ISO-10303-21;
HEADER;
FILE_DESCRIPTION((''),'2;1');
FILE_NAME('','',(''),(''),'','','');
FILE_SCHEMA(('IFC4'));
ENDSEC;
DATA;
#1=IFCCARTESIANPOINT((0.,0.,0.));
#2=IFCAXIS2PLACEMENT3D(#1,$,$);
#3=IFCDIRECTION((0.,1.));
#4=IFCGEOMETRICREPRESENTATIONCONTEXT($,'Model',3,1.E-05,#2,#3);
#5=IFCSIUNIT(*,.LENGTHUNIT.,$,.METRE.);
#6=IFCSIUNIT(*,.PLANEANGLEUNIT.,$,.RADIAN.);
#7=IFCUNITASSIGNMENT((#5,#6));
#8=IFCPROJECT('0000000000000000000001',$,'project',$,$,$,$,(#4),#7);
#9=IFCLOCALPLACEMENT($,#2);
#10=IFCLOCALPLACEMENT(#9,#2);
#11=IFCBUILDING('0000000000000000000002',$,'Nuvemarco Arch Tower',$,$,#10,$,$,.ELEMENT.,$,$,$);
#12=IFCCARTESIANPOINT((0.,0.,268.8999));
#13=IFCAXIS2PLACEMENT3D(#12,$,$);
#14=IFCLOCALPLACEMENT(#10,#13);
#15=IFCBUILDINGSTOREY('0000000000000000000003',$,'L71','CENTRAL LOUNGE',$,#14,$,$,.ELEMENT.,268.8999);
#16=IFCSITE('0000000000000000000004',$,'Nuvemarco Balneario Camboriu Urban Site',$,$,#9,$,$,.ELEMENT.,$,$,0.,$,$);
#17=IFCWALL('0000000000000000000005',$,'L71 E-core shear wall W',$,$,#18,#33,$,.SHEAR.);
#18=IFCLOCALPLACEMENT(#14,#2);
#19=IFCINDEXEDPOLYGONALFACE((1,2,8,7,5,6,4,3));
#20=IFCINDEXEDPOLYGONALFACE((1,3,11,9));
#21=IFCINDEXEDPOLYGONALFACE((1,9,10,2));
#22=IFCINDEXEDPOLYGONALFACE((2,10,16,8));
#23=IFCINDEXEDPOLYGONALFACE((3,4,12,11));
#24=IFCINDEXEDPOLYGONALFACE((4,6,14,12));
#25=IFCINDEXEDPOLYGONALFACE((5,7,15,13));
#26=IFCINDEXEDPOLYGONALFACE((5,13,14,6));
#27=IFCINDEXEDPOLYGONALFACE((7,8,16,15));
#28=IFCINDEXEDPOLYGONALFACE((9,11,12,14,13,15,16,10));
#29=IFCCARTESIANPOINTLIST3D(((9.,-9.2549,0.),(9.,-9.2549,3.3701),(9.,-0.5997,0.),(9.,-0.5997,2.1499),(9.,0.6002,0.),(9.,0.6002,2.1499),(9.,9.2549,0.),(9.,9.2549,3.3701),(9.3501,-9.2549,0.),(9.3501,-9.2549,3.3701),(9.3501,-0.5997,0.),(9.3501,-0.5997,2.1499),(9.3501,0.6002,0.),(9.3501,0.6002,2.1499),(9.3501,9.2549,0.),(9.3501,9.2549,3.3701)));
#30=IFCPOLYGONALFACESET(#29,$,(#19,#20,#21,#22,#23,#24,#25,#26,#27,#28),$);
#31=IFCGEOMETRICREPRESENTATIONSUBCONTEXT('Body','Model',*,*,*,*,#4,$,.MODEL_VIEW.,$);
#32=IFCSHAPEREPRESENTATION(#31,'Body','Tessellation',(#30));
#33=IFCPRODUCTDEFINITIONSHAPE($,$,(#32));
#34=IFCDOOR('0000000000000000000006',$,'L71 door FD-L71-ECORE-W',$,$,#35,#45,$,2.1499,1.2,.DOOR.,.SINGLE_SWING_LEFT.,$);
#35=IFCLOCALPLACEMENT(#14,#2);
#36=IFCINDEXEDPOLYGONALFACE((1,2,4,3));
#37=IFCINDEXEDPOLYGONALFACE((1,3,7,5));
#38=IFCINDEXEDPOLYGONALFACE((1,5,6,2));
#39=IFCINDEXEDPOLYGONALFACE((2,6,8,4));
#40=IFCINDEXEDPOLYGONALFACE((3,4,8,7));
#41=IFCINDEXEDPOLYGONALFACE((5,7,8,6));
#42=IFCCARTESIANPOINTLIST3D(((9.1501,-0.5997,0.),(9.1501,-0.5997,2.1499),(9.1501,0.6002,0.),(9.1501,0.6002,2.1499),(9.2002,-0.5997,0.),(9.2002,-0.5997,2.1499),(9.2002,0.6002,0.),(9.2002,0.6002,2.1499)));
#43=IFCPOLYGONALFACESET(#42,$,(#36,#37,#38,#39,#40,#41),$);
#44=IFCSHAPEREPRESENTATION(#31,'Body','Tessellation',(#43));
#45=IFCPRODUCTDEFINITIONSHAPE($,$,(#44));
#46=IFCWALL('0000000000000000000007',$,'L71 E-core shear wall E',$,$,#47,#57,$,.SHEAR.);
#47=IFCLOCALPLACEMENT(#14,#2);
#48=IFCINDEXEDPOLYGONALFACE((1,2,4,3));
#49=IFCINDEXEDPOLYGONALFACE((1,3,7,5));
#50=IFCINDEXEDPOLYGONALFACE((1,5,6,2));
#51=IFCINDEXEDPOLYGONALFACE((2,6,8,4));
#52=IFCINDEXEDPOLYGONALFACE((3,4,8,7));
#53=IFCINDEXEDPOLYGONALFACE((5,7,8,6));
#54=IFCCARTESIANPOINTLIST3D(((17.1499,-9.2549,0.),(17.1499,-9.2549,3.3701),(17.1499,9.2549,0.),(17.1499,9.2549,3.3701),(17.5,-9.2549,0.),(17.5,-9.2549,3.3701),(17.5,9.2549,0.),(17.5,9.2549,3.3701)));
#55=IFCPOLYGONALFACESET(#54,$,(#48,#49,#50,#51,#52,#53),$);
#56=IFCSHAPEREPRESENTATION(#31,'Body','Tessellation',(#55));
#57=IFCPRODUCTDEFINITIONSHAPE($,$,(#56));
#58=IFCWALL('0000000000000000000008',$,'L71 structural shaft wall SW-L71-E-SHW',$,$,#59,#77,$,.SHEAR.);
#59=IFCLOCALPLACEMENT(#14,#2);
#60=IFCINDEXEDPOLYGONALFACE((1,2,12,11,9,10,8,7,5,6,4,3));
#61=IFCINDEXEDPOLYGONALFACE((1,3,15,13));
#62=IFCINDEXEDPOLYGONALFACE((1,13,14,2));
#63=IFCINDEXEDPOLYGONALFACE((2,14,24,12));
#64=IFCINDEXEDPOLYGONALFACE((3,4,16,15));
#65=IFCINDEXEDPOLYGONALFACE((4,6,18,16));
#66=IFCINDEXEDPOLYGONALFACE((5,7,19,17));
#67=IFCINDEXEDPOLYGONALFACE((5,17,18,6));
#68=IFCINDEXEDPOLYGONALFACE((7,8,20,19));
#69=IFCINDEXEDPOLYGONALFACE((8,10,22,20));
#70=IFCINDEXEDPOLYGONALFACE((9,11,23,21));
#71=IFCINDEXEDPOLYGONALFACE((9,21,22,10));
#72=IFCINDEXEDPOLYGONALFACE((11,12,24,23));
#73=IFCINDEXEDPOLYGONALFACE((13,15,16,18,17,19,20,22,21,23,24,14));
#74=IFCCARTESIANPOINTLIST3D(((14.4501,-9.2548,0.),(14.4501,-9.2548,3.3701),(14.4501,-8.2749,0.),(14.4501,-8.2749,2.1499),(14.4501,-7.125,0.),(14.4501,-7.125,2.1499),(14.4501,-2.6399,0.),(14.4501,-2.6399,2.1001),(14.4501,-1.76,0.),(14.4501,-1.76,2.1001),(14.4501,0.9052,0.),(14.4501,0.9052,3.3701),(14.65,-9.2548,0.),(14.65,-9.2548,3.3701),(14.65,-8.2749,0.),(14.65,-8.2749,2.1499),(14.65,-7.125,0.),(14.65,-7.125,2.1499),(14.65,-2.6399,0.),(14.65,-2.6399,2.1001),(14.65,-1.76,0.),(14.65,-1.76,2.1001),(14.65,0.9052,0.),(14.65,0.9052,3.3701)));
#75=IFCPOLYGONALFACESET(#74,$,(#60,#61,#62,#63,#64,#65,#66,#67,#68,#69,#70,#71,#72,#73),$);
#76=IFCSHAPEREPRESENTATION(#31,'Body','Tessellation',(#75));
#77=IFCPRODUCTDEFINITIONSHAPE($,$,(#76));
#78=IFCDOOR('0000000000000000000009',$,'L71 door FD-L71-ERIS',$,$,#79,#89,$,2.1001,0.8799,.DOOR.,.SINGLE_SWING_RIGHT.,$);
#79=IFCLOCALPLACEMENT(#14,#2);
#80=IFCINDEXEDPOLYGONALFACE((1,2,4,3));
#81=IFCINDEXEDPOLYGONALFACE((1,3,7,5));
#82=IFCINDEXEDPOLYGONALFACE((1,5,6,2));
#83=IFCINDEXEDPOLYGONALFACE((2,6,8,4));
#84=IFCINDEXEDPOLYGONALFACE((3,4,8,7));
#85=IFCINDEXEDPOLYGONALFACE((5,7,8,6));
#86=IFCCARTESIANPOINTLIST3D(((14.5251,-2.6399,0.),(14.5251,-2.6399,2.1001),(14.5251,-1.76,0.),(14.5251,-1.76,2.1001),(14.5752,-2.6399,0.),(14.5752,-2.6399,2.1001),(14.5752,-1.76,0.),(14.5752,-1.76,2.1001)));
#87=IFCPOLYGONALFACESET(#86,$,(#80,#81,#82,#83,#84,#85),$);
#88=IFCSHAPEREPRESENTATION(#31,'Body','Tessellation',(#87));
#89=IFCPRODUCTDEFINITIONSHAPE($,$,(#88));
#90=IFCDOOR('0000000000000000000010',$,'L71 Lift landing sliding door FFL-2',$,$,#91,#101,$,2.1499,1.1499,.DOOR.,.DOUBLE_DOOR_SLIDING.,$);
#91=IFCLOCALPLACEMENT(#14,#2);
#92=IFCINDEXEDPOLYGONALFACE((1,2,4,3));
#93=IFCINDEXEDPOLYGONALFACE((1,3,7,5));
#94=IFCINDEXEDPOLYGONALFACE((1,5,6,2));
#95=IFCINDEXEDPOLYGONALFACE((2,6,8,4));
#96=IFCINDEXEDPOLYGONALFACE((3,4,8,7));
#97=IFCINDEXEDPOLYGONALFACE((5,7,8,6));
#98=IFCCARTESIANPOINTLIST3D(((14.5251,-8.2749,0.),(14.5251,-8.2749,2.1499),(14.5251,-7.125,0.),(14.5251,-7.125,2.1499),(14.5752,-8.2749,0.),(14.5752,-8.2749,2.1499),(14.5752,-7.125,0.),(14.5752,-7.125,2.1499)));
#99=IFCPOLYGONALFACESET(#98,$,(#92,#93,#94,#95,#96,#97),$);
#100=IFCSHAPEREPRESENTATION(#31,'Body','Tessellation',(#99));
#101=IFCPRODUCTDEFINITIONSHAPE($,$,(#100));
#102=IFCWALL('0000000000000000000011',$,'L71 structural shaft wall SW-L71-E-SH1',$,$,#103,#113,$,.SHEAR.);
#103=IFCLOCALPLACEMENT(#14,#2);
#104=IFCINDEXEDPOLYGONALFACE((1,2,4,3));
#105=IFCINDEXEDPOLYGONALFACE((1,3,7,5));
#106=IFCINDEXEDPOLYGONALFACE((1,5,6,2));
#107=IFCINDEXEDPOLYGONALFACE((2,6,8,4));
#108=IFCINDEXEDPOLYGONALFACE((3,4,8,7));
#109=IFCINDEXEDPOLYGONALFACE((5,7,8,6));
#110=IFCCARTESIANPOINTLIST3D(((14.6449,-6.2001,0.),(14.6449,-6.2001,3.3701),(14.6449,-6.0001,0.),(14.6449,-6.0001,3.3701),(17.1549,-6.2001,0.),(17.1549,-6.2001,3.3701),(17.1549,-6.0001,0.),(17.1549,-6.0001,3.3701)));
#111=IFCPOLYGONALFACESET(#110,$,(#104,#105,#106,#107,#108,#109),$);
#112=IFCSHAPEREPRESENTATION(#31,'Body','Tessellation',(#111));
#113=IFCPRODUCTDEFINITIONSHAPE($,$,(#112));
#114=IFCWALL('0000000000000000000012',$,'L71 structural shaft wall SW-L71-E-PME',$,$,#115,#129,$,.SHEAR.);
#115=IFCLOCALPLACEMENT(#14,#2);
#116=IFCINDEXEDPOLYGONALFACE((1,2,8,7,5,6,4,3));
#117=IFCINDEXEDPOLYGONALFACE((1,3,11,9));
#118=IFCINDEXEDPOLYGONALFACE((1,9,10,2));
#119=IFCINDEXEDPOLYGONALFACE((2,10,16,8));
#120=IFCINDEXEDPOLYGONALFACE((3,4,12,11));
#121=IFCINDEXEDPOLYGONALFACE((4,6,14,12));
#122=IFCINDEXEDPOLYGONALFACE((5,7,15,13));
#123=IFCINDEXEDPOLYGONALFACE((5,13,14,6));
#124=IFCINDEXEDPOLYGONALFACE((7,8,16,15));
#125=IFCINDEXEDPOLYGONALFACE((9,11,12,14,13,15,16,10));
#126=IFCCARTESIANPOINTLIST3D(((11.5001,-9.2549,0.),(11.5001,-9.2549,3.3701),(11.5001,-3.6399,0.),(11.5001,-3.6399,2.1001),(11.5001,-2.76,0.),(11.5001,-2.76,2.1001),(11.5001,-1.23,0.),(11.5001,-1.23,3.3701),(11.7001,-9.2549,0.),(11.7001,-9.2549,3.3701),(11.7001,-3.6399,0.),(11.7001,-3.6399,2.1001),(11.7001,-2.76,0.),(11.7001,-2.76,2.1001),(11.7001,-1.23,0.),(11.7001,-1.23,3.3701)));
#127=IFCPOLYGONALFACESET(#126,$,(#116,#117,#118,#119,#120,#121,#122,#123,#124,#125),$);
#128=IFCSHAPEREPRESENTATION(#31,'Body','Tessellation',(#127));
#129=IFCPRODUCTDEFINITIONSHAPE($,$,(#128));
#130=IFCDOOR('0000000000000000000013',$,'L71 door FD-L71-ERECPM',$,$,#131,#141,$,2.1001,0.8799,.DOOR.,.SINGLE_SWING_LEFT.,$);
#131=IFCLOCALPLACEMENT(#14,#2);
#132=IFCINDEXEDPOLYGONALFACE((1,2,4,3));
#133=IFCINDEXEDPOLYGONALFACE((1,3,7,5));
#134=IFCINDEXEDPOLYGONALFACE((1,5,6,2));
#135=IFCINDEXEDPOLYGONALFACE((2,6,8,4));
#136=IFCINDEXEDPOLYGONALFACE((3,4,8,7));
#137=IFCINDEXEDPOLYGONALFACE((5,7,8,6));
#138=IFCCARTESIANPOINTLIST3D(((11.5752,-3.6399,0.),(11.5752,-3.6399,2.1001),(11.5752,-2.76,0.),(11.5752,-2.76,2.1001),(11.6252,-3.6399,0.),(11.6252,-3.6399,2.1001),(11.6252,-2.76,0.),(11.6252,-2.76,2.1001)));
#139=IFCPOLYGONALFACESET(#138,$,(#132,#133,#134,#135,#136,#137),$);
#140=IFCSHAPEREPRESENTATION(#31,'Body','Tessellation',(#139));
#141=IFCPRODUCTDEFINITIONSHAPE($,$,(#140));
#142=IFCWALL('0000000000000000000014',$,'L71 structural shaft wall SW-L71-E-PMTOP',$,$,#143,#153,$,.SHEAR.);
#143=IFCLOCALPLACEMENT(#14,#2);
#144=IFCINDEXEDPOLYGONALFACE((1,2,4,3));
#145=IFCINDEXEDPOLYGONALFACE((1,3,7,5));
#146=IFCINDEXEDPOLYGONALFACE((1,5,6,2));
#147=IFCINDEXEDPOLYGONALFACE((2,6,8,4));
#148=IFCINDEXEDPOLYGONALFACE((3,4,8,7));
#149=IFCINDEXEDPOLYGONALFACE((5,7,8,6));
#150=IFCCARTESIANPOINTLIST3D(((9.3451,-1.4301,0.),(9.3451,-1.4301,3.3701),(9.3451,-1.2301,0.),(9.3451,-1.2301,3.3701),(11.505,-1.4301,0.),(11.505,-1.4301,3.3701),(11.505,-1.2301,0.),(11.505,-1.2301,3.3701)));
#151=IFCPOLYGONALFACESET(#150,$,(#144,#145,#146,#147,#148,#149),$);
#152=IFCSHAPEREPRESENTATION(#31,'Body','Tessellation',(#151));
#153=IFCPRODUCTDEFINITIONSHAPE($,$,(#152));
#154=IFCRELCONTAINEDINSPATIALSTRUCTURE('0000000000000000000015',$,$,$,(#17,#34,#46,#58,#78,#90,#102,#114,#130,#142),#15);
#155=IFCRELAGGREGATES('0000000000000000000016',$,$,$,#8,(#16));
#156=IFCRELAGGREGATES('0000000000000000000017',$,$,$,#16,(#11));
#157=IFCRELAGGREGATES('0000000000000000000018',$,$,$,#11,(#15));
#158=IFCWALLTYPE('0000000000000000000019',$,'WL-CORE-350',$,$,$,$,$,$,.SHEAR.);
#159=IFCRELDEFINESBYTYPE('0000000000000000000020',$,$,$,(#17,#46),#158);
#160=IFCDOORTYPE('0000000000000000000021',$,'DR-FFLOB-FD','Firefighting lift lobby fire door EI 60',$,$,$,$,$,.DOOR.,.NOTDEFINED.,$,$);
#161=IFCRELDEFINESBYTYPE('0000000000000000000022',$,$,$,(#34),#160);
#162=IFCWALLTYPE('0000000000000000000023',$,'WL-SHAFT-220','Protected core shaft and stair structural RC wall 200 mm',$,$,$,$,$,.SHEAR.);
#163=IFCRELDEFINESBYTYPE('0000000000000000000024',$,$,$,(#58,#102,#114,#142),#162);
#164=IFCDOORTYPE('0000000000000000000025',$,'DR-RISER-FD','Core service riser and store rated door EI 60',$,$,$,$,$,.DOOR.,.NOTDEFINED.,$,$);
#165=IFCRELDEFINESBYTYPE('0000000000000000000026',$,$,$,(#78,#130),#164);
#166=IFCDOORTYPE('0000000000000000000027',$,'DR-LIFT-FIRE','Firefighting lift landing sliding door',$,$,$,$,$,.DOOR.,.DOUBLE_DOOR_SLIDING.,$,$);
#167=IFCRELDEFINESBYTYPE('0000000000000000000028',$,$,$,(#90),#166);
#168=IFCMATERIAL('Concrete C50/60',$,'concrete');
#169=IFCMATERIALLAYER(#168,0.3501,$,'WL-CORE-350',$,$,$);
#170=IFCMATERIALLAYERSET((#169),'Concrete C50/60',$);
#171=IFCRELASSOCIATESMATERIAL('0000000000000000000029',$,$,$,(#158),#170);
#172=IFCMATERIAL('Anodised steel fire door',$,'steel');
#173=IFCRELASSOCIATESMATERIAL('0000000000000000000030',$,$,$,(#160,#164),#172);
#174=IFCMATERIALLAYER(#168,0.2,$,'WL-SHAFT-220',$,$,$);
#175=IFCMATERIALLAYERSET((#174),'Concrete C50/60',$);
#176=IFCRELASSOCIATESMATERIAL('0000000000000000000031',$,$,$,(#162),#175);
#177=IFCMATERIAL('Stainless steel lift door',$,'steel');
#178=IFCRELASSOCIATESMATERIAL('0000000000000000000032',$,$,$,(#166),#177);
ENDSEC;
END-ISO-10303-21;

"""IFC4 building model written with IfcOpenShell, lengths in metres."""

from ifc_helpers import new_model, si_unit, direction, frame, frame_2d, origin, place, context, subcontext, project, spatial, rectangle, extrude, source, transform, mapped, material, layer, layer_set, type_object, type_shapes, element, fill, save


model = new_model("IFC4")

# Units and contexts
model_context = context("Model", 3, precision=1e-05, world=origin(), true_north=direction((0.0, 1.0)))
body_context = subcontext(model_context, "Body", "Model", "MODEL_VIEW")
ifc_project = project(units=[si_unit("LENGTHUNIT", "METRE"), si_unit("PLANEANGLEUNIT", "RADIAN")], contexts=[model_context])

# Site, building, storey
site_placement = place(None, origin())
site = spatial("IfcSite", under=ifc_project, at=site_placement, Name="Nuvemarco Balneario Camboriu Urban Site", CompositionType="ELEMENT", RefElevation=0.0)
building_placement = place(site_placement, origin())
building = spatial("IfcBuilding", under=site, at=building_placement, Name="Nuvemarco Arch Tower", CompositionType="ELEMENT")
storey_placement = place(building_placement, frame((0.0, 0.0, 268.8999)))
storey = spatial("IfcBuildingStorey", under=building, at=storey_placement, Name="L71", Description="CENTRAL LOUNGE", CompositionType="ELEMENT", Elevation=268.8999)

# Shared definitions
ifc_material_1 = material(Name="Concrete C50/60", Category="concrete")

# Shared definitions
ifc_layer_1 = layer(ifc_material_1, 0.3501, Name="WL-CORE-350")
ifc_layer_set_1 = layer_set([ifc_layer_1], Name="Concrete C50/60")
wall_type_1 = type_object("IfcWallType", Name="WL-CORE-350", PredefinedType="SHEAR", material=ifc_layer_set_1)

# Wall, opening, door
wall_1_placement = place(storey_placement, frame((9.175, -9.2549, 0.0), z_axis=(0.0, 0.0, 1.0), x_axis=(0.0, 1.0, 0.0)))
wall_1 = element("IfcWall", 1, at=wall_1_placement, inside=storey, type_object=wall_type_1, Name="L71 E-core shear wall W", PredefinedType="SHEAR", context=body_context, shape_type="SweptSolid", body=[
    extrude(rectangle(XDim=18.5098, YDim=0.3501, at=frame_2d((9.2549, 0.0))), origin(), (0.0, 0.0, 1.0), 3.3701),
])
opening_1_placement = place(wall_1_placement, frame((8.655, 0.0, 0.0)))
opening_1 = element("IfcOpeningElement", 2, at=opening_1_placement, cuts=wall_1, PredefinedType="OPENING", context=body_context, shape_type="SweptSolid", body=[
    extrude(rectangle(XDim=1.2, YDim=2.1499, at=frame_2d((0.6001, 1.075))), frame((0.0, 0.1851, 0.0), z_axis=(0.0, -1.0, 0.0), x_axis=(1.0, 0.0, 0.0)), (0.0, 0.0, 1.0), 0.3701),
])
ifc_material_2 = material(Name="Anodised steel fire door", Category="steel")
door_type_1 = type_object("IfcDoorType", Name="DR-FFLOB-FD", Description="Firefighting lift lobby fire door EI 60", OperationType="NOTDEFINED", PredefinedType="DOOR", material=ifc_material_2)
shared_shape_1 = source(origin(), body_context, "Body", "SweptSolid", [
    extrude(rectangle(XDim=1.2, YDim=2.1499, at=frame_2d((0.6001, 1.075))), frame((0.0, 0.0249, 0.0), z_axis=(0.0, -1.0, 0.0), x_axis=(1.0, 0.0, 0.0)), (0.0, 0.0, 1.0), 0.05),
])
type_shapes(door_type_1, [shared_shape_1])
door_1_placement = place(opening_1_placement, origin())
door_1 = element("IfcDoor", 3, at=door_1_placement, inside=storey, type_object=door_type_1, Name="L71 door FD-L71-ECORE-W", OperationType="SINGLE_SWING_LEFT", OverallHeight=2.1499, OverallWidth=1.2, PredefinedType="DOOR", context=body_context, shape_type="MappedRepresentation", body=[
    mapped(shared_shape_1, transform((0.0, 0.0, 0.0), scale=1.0)),
])
fill(opening_1, door_1)

# Wall
wall_2_placement = place(storey_placement, frame((17.325, -9.2549, 0.0), z_axis=(0.0, 0.0, 1.0), x_axis=(0.0, 1.0, 0.0)))
element("IfcWall", 4, at=wall_2_placement, inside=storey, type_object=wall_type_1, Name="L71 E-core shear wall E", PredefinedType="SHEAR", context=body_context, shape_type="SweptSolid", body=[
    extrude(rectangle(XDim=18.5098, YDim=0.3501, at=frame_2d((9.2549, 0.0))), origin(), (0.0, 0.0, 1.0), 3.3701),
])

# Wall, openings, doors
ifc_layer_2 = layer(ifc_material_1, 0.2, Name="WL-SHAFT-220")
ifc_layer_set_2 = layer_set([ifc_layer_2], Name="Concrete C50/60")
wall_type_2 = type_object("IfcWallType", Name="WL-SHAFT-220", Description="Protected core shaft and stair structural RC wall 200 mm", PredefinedType="SHEAR", material=ifc_layer_set_2)
wall_3_placement = place(storey_placement, frame((14.55, -9.2549, 0.0), z_axis=(0.0, 0.0, 1.0), x_axis=(0.0, 1.0, 0.0)))
wall_3 = element("IfcWall", 5, at=wall_3_placement, inside=storey, type_object=wall_type_2, Name="L71 structural shaft wall SW-L71-E-SHW", PredefinedType="SHEAR", context=body_context, shape_type="SweptSolid", body=[
    extrude(rectangle(XDim=10.1599, YDim=0.2, at=frame_2d((5.0801, 0.0))), origin(), (0.0, 0.0, 1.0), 3.3701),
])
opening_2_placement = place(wall_3_placement, frame((6.615, 0.0, 0.0)))
opening_2 = element("IfcOpeningElement", 6, at=opening_2_placement, cuts=wall_3, PredefinedType="OPENING", context=body_context, shape_type="SweptSolid", body=[
    extrude(rectangle(XDim=0.8799, YDim=2.1001, at=frame_2d((0.4399, 1.05))), frame((0.0, 0.1099, 0.0), z_axis=(0.0, -1.0, 0.0), x_axis=(1.0, 0.0, 0.0)), (0.0, 0.0, 1.0), 0.22),
])
opening_3_placement = place(wall_3_placement, frame((0.98, 0.0, 0.0)))
opening_3 = element("IfcOpeningElement", 7, at=opening_3_placement, cuts=wall_3, PredefinedType="OPENING", context=body_context, shape_type="SweptSolid", body=[
    extrude(rectangle(XDim=1.1499, YDim=2.1499, at=frame_2d((0.575, 1.075))), frame((0.0, 0.1099, 0.0), z_axis=(0.0, -1.0, 0.0), x_axis=(1.0, 0.0, 0.0)), (0.0, 0.0, 1.0), 0.22),
])
door_type_2 = type_object("IfcDoorType", Name="DR-RISER-FD", Description="Core service riser and store rated door EI 60", OperationType="NOTDEFINED", PredefinedType="DOOR", material=ifc_material_2)
shared_shape_2 = source(origin(), body_context, "Body", "SweptSolid", [
    extrude(rectangle(XDim=0.8799, YDim=2.1001, at=frame_2d((0.4399, 1.05))), frame((0.0, 0.0249, 0.0), z_axis=(0.0, -1.0, 0.0), x_axis=(1.0, 0.0, 0.0)), (0.0, 0.0, 1.0), 0.05),
])
type_shapes(door_type_2, [shared_shape_2])
door_2_placement = place(opening_2_placement, origin())
door_2 = element("IfcDoor", 8, at=door_2_placement, inside=storey, type_object=door_type_2, Name="L71 door FD-L71-ERIS", OperationType="SINGLE_SWING_RIGHT", OverallHeight=2.1001, OverallWidth=0.8799, PredefinedType="DOOR", context=body_context, shape_type="MappedRepresentation", body=[
    mapped(shared_shape_2, transform((0.0, 0.0, 0.0), scale=1.0)),
])
fill(opening_2, door_2)
ifc_material_3 = material(Name="Stainless steel lift door", Category="steel")
door_type_3 = type_object("IfcDoorType", Name="DR-LIFT-FIRE", Description="Firefighting lift landing sliding door", OperationType="DOUBLE_DOOR_SLIDING", PredefinedType="DOOR", material=ifc_material_3)
shared_shape_3 = source(origin(), body_context, "Body", "SweptSolid", [
    extrude(rectangle(XDim=1.1499, YDim=2.1499, at=frame_2d((0.575, 1.075))), frame((0.0, 0.0249, 0.0), z_axis=(0.0, -1.0, 0.0), x_axis=(1.0, 0.0, 0.0)), (0.0, 0.0, 1.0), 0.05),
])
type_shapes(door_type_3, [shared_shape_3])
door_3_placement = place(opening_3_placement, origin())
door_3 = element("IfcDoor", 9, at=door_3_placement, inside=storey, type_object=door_type_3, Name="L71 Lift landing sliding door FFL-2", OperationType="DOUBLE_DOOR_SLIDING", OverallHeight=2.1499, OverallWidth=1.1499, PredefinedType="DOOR", context=body_context, shape_type="MappedRepresentation", body=[
    mapped(shared_shape_3, transform((0.0, 0.0, 0.0), scale=1.0)),
])
fill(opening_3, door_3)

# Wall
wall_4_placement = place(storey_placement, frame((14.645, -6.1001, 0.0), z_axis=(0.0, 0.0, 1.0), x_axis=(1.0, 0.0, 0.0)))
element("IfcWall", 10, at=wall_4_placement, inside=storey, type_object=wall_type_2, Name="L71 structural shaft wall SW-L71-E-SH1", PredefinedType="SHEAR", context=body_context, shape_type="SweptSolid", body=[
    extrude(rectangle(XDim=2.51, YDim=0.2, at=frame_2d((1.2549, 0.0))), origin(), (0.0, 0.0, 1.0), 3.3701),
])

# Wall, opening, door
wall_5_placement = place(storey_placement, frame((11.6001, -9.2549, 0.0), z_axis=(0.0, 0.0, 1.0), x_axis=(0.0, 1.0, 0.0)))
wall_5 = element("IfcWall", 11, at=wall_5_placement, inside=storey, type_object=wall_type_2, Name="L71 structural shaft wall SW-L71-E-PME", PredefinedType="SHEAR", context=body_context, shape_type="SweptSolid", body=[
    extrude(rectangle(XDim=8.0249, YDim=0.2, at=frame_2d((4.0125, 0.0))), origin(), (0.0, 0.0, 1.0), 3.3701),
])
opening_4_placement = place(wall_5_placement, frame((5.615, 0.0, 0.0)))
opening_4 = element("IfcOpeningElement", 12, at=opening_4_placement, cuts=wall_5, PredefinedType="OPENING", context=body_context, shape_type="SweptSolid", body=[
    extrude(rectangle(XDim=0.8799, YDim=2.1001, at=frame_2d((0.4399, 1.05))), frame((0.0, 0.1099, 0.0), z_axis=(0.0, -1.0, 0.0), x_axis=(1.0, 0.0, 0.0)), (0.0, 0.0, 1.0), 0.22),
])
door_4_placement = place(opening_4_placement, origin())
door_4 = element("IfcDoor", 13, at=door_4_placement, inside=storey, type_object=door_type_2, Name="L71 door FD-L71-ERECPM", OperationType="SINGLE_SWING_LEFT", OverallHeight=2.1001, OverallWidth=0.8799, PredefinedType="DOOR", context=body_context, shape_type="MappedRepresentation", body=[
    mapped(shared_shape_2, transform((0.0, 0.0, 0.0), scale=1.0)),
])
fill(opening_4, door_4)

# Wall
wall_6_placement = place(storey_placement, frame((9.345, -1.3301, 0.0), z_axis=(0.0, 0.0, 1.0), x_axis=(1.0, 0.0, 0.0)))
element("IfcWall", 14, at=wall_6_placement, inside=storey, type_object=wall_type_2, Name="L71 structural shaft wall SW-L71-E-PMTOP", PredefinedType="SHEAR", context=body_context, shape_type="SweptSolid", body=[
    extrude(rectangle(XDim=2.1599, YDim=0.2, at=frame_2d((1.0801, 0.0))), origin(), (0.0, 0.0, 1.0), 3.3701),
])

save(model, "model.ifc")
